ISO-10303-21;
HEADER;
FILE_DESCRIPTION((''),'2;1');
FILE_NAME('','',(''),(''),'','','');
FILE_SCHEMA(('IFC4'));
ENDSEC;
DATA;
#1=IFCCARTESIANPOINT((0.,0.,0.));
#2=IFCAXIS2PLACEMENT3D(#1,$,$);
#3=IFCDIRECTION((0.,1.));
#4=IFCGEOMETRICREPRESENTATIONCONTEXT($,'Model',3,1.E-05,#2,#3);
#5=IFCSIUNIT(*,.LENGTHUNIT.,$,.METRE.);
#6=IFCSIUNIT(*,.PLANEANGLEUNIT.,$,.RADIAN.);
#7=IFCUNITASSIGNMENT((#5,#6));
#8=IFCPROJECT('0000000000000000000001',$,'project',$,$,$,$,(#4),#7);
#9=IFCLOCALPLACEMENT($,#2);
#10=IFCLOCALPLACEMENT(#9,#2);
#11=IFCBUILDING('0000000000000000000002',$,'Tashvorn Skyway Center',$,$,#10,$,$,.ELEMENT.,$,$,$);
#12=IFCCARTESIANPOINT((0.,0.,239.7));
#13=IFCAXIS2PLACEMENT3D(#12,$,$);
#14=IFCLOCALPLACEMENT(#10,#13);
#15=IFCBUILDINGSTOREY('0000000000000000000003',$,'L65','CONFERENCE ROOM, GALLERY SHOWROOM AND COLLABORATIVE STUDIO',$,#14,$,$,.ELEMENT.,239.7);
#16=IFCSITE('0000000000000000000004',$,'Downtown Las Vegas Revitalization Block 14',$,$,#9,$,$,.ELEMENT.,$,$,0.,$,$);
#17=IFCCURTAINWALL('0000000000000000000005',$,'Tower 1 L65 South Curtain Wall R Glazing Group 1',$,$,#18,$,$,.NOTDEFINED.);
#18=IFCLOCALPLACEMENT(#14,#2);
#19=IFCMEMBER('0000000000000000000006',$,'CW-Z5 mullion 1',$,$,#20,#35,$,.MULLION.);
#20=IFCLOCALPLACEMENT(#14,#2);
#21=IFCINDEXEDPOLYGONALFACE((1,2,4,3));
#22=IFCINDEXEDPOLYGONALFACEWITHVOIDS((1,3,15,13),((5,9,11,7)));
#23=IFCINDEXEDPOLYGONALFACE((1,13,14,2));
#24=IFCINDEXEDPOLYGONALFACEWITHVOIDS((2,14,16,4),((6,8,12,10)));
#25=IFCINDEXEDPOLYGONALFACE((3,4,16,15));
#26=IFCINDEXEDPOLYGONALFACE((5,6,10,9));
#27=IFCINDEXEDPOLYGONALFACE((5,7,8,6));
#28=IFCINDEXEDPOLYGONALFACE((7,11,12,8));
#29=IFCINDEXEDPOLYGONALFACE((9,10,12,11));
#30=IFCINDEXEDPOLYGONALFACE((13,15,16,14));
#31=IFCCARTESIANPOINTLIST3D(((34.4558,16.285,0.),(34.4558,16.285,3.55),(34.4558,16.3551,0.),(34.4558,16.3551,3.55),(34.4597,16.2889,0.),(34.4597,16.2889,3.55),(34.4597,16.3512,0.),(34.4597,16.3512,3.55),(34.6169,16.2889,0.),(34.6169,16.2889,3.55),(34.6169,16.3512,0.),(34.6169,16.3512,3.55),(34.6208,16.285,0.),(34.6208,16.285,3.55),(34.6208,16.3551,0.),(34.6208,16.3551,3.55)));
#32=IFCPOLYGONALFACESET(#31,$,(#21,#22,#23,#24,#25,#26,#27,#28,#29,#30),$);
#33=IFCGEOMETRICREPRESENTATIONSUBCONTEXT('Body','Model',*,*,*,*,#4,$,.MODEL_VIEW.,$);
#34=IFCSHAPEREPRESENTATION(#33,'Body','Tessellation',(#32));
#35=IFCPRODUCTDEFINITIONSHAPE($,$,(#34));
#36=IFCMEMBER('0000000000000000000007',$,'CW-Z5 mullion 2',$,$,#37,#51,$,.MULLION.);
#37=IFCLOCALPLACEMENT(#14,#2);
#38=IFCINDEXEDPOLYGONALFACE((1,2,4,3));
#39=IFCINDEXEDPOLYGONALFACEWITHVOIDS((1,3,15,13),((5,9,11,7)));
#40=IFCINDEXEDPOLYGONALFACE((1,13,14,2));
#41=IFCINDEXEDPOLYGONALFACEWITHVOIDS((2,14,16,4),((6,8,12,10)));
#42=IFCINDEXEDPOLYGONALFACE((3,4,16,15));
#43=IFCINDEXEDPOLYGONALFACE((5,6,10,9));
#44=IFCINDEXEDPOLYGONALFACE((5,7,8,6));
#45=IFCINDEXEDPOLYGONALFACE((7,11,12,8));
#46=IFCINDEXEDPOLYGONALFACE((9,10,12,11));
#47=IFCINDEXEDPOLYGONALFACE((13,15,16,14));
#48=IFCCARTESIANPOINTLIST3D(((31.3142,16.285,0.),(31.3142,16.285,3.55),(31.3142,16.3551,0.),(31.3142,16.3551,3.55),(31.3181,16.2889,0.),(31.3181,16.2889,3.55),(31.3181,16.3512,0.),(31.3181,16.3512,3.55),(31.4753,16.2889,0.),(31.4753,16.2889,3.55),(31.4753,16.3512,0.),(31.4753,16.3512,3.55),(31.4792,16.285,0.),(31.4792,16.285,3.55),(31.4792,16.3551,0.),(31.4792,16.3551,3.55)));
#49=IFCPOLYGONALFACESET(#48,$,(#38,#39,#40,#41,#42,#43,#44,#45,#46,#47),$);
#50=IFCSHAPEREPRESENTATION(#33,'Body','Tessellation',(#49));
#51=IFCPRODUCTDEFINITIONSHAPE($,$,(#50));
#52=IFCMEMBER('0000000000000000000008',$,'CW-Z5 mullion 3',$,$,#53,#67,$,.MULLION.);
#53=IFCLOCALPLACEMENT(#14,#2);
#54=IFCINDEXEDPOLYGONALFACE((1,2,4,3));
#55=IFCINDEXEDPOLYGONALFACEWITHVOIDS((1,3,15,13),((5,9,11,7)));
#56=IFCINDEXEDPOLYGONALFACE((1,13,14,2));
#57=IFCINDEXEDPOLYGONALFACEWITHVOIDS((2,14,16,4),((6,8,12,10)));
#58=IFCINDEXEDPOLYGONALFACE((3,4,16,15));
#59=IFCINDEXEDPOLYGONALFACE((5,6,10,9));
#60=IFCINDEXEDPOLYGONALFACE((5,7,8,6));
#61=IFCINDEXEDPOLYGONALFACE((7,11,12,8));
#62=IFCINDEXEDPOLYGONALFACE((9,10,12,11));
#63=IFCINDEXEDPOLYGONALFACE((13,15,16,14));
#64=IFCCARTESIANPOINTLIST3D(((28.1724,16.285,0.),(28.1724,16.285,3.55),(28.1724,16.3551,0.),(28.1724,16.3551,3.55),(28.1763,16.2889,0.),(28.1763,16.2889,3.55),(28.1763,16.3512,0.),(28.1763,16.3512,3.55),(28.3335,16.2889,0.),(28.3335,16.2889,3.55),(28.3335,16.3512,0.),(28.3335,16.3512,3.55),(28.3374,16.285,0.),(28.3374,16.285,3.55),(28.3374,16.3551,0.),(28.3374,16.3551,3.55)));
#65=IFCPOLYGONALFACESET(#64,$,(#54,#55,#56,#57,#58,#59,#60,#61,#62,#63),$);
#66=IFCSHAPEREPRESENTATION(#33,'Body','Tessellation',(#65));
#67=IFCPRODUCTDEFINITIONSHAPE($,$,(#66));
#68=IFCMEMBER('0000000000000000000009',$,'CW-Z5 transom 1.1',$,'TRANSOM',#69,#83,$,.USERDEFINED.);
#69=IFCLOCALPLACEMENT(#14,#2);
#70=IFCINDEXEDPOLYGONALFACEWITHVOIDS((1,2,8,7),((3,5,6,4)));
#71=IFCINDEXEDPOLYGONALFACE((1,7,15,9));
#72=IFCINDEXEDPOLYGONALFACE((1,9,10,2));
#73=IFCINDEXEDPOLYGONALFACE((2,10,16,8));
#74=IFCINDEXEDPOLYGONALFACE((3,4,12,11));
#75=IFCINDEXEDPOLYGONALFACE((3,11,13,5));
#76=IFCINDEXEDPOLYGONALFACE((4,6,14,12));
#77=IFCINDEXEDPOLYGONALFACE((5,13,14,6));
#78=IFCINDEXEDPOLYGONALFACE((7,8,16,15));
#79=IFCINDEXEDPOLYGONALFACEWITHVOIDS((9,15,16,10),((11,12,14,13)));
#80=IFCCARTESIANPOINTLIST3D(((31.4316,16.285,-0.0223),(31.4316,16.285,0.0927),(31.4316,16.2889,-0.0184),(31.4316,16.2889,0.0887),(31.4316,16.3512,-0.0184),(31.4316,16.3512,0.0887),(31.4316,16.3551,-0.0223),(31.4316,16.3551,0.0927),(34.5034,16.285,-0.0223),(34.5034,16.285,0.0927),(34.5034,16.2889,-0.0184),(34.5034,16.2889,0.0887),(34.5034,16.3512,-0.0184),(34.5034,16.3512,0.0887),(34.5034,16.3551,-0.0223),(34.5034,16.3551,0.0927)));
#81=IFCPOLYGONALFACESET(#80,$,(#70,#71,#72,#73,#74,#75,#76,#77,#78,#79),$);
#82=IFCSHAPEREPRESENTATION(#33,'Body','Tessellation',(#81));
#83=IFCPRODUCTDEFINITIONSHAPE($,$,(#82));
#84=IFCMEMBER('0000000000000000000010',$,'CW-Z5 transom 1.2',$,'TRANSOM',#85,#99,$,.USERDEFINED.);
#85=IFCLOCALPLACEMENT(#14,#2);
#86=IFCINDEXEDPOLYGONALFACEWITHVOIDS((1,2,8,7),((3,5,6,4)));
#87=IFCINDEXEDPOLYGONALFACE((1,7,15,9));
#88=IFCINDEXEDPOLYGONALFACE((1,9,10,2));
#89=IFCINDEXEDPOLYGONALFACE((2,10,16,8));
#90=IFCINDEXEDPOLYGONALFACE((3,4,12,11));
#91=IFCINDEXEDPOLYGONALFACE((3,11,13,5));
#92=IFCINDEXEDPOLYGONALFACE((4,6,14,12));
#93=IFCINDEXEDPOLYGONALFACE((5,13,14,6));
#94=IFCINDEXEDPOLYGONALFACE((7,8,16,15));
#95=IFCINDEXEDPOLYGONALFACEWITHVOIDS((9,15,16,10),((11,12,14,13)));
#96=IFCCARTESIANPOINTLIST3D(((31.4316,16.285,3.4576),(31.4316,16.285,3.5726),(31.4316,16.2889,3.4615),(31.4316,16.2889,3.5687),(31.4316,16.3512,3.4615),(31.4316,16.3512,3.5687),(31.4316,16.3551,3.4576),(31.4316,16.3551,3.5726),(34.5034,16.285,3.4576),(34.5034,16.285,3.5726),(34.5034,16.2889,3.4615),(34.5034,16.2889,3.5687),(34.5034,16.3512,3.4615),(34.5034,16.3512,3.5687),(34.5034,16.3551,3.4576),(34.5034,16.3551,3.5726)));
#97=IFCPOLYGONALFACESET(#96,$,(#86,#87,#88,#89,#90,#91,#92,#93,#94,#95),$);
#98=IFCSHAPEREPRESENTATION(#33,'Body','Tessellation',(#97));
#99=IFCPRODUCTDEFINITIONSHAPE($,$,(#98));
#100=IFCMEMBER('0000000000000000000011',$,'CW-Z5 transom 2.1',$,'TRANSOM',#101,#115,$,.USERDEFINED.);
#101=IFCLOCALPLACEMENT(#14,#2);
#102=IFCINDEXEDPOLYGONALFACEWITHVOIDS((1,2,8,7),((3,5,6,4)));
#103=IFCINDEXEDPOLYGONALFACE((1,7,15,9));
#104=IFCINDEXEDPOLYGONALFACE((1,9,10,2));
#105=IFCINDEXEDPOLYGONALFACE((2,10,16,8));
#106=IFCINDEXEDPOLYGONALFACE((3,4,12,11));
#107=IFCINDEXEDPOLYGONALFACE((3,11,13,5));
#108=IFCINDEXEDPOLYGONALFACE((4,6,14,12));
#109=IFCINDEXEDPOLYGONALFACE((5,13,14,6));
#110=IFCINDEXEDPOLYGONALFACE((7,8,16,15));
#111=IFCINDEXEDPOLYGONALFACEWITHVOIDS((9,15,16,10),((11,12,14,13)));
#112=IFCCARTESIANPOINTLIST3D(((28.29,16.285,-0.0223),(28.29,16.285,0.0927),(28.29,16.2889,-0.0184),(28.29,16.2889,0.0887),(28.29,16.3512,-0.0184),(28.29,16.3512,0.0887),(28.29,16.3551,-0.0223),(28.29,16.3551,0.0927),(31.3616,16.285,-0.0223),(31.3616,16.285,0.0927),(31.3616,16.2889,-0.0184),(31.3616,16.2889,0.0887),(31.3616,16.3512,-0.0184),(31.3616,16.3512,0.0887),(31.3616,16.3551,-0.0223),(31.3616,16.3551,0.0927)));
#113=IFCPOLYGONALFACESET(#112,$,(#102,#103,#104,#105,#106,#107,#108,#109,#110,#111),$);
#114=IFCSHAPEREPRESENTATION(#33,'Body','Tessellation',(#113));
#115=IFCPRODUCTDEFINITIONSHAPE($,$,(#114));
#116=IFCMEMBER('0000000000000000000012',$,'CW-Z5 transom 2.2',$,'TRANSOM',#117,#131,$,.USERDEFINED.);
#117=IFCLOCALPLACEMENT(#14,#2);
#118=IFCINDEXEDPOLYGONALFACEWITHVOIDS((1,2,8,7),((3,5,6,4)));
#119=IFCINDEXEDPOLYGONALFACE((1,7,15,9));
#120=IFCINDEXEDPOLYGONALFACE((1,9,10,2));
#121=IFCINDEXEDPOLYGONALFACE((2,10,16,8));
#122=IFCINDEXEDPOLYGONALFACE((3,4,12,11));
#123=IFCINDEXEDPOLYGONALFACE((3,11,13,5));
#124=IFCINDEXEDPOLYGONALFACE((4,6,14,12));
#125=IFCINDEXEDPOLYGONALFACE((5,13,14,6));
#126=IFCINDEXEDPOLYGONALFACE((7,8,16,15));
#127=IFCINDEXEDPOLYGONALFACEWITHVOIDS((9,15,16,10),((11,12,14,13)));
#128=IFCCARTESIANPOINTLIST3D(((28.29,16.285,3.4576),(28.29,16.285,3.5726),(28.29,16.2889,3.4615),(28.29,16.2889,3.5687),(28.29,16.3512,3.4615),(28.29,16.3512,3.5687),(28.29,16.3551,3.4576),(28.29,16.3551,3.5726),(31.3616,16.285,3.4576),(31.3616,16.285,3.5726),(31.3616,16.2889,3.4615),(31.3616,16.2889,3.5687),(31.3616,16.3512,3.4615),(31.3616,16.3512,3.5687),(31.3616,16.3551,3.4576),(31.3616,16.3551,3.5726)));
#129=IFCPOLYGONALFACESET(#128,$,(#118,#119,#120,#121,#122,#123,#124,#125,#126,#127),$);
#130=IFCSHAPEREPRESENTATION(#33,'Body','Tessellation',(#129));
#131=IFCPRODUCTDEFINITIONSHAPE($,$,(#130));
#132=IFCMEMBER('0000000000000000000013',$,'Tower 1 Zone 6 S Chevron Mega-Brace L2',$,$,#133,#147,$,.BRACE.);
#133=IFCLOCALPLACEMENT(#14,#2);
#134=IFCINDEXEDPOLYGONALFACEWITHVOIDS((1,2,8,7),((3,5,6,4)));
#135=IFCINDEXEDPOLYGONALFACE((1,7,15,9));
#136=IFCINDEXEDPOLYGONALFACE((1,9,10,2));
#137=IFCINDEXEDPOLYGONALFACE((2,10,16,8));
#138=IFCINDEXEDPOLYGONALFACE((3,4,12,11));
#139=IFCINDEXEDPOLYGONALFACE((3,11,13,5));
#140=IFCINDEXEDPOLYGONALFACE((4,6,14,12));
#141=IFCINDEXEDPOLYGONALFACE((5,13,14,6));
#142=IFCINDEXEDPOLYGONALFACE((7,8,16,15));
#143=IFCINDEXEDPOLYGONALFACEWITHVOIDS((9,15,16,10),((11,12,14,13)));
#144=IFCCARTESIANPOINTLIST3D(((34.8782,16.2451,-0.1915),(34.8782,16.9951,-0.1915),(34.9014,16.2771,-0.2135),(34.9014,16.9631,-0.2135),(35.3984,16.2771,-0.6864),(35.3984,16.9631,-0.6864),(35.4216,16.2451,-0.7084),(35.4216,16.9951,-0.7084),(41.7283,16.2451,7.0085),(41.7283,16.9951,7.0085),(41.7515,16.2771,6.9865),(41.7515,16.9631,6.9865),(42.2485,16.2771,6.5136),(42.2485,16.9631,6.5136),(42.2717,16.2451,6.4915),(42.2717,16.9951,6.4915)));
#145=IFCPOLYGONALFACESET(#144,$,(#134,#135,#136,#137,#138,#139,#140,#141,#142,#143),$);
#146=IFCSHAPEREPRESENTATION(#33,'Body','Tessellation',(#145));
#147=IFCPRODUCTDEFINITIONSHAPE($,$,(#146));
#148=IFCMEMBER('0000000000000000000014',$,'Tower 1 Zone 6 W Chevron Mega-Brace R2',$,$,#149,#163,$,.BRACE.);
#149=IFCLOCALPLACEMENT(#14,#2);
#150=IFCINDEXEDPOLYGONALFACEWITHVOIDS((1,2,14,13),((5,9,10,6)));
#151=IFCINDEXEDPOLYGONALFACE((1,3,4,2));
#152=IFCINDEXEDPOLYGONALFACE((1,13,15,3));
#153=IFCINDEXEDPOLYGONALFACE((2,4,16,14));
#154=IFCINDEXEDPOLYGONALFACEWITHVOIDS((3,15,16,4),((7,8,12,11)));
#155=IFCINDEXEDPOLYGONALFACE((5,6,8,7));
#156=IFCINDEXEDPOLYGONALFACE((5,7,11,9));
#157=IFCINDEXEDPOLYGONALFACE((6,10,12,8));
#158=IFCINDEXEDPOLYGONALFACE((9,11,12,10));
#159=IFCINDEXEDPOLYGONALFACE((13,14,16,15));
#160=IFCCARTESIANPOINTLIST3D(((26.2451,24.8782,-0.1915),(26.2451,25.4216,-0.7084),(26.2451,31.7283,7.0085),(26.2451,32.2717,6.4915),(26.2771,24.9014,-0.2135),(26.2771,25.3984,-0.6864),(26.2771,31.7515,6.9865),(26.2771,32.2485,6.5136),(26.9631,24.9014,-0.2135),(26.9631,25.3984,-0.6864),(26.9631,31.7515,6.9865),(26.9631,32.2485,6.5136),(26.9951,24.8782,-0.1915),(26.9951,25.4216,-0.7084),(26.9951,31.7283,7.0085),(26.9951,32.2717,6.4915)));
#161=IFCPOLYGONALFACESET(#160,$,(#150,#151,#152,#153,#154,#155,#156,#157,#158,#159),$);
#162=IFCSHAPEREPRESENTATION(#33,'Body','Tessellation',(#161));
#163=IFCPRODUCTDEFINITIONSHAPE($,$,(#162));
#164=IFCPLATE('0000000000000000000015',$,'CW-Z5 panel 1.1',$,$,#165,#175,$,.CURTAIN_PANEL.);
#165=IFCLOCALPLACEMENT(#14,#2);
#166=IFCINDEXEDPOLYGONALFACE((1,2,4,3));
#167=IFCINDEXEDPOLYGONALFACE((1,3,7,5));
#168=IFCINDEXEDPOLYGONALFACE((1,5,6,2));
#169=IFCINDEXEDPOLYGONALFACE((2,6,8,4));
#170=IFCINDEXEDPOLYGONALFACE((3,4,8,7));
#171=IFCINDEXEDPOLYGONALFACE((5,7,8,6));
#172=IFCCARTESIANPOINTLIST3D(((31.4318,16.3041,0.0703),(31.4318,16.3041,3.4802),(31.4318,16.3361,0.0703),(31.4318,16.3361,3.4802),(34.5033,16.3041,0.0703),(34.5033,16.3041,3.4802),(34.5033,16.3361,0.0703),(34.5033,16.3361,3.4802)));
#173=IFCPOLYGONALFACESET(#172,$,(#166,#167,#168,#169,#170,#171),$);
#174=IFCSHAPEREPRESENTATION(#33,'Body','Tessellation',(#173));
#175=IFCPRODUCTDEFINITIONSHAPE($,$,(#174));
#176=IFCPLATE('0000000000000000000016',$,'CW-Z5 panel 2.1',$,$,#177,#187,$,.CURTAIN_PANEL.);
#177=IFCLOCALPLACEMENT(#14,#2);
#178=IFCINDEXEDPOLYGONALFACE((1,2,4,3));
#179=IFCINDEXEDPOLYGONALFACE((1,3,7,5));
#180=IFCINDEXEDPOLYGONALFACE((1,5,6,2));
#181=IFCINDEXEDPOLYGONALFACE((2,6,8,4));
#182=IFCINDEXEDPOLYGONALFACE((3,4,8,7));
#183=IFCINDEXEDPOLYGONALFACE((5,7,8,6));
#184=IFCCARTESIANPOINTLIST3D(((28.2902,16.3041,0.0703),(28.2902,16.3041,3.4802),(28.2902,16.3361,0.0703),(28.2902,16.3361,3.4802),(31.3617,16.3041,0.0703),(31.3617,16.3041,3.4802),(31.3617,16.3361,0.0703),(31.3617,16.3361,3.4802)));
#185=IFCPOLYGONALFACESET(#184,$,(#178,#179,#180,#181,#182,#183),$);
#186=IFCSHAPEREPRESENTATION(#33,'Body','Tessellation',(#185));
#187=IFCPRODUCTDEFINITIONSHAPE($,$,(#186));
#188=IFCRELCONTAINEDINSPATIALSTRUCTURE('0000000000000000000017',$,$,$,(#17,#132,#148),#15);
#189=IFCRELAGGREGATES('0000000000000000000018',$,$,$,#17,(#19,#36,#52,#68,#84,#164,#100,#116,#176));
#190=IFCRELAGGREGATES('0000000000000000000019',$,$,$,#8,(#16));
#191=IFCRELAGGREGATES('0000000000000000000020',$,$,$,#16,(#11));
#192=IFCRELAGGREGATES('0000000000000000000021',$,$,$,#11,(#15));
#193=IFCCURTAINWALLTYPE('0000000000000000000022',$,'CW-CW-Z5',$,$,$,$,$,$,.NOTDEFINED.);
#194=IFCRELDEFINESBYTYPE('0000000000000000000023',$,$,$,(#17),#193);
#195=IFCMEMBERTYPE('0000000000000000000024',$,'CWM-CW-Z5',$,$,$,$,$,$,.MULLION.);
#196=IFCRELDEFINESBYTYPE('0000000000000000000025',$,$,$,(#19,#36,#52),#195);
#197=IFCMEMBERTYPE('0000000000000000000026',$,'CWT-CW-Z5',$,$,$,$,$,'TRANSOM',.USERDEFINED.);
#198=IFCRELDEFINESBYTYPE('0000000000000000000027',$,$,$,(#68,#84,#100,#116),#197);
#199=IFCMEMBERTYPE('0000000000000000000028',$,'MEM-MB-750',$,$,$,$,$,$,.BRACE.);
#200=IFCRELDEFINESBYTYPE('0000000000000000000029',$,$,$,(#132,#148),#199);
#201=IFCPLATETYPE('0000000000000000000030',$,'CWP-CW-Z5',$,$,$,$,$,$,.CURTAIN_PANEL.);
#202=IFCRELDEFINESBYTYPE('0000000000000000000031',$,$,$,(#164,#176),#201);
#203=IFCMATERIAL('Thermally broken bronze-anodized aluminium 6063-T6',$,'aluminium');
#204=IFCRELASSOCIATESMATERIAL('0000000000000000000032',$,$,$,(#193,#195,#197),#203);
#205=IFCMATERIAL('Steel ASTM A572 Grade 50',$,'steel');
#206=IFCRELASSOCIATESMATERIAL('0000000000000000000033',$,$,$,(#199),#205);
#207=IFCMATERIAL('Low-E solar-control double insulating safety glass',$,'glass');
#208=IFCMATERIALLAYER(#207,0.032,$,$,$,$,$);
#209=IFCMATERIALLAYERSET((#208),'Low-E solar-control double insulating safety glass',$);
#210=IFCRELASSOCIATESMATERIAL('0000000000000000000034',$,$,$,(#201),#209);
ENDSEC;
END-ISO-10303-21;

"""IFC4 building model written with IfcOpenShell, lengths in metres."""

from ifc_helpers import new_model, si_unit, direction, frame, origin, origin_2d, place, context, subcontext, project, spatial, rectangle, hollow_rectangle, extrude, material, layer, layer_set, material_profile, profile_set, type_object, element, aggregate, save


model = new_model("IFC4")

# Units and contexts
model_context = context("Model", 3, precision=1e-05, world=origin(), true_north=direction((0.0, 1.0)))
body_context = subcontext(model_context, "Body", "Model", "MODEL_VIEW")
ifc_project = project(units=[si_unit("LENGTHUNIT", "METRE"), si_unit("PLANEANGLEUNIT", "RADIAN")], contexts=[model_context])

# Site, building, storey
site_placement = place(None, origin())
site = spatial("IfcSite", under=ifc_project, at=site_placement, Name="Downtown Las Vegas Revitalization Block 14", CompositionType="ELEMENT", RefElevation=0.0)
building_placement = place(site_placement, origin())
building = spatial("IfcBuilding", under=site, at=building_placement, Name="Tashvorn Skyway Center", CompositionType="ELEMENT")
storey_placement = place(building_placement, frame((0.0, 0.0, 239.7)))
storey = spatial("IfcBuildingStorey", under=building, at=storey_placement, Name="L65", Description="CONFERENCE ROOM, GALLERY SHOWROOM AND COLLABORATIVE STUDIO", CompositionType="ELEMENT", Elevation=239.7)

# Shared definitions
ifc_material_1 = material(Name="Steel ASTM A572 Grade 50", Category="steel")

# Curtain wall, members
ifc_material_2 = material(Name="Thermally broken bronze-anodized aluminium 6063-T6", Category="aluminium")
curtain_wall_type = type_object("IfcCurtainWallType", Name="CW-CW-Z5", PredefinedType="NOTDEFINED", material=ifc_material_2)
curtain_wall_placement = place(storey_placement, origin())
curtain_wall = element("IfcCurtainWall", 1, at=curtain_wall_placement, inside=storey, type_object=curtain_wall_type, Name="Tower 1 L65 South Curtain Wall R Glazing Group 1", PredefinedType="NOTDEFINED")
ifc_material_profile_1 = material_profile(ifc_material_2, hollow_rectangle(XDim=0.0701, YDim=0.165, WallThickness=0.0039, at=origin_2d()), Name="ALU-MULL-70x165")
ifc_profile_set_1 = profile_set([ifc_material_profile_1], Name="Thermally broken bronze-anodized aluminium 6063-T6")
member_type_1 = type_object("IfcMemberType", Name="CWM-CW-Z5", PredefinedType="MULLION", material=ifc_profile_set_1)
member_1_placement = place(storey_placement, frame((34.5383, 16.3201, 0.0), z_axis=(0.0, 0.0, 1.0), x_axis=(0.0, -1.0, 0.0)))
member_1 = element("IfcMember", 2, at=member_1_placement, type_object=member_type_1, Name="CW-Z5 mullion 1", PredefinedType="MULLION", context=body_context, shape_type="SweptSolid", body=[
    extrude(hollow_rectangle(XDim=0.0701, YDim=0.165, WallThickness=0.0039, at=origin_2d()), origin(), (0.0, 0.0, 1.0), 3.55),
])
member_2_placement = place(storey_placement, frame((31.3967, 16.3201, 0.0), z_axis=(0.0, 0.0, 1.0), x_axis=(0.0, -1.0, 0.0)))
member_2 = element("IfcMember", 3, at=member_2_placement, type_object=member_type_1, Name="CW-Z5 mullion 2", PredefinedType="MULLION", context=body_context, shape_type="SweptSolid", body=[
    extrude(hollow_rectangle(XDim=0.0701, YDim=0.165, WallThickness=0.0039, at=origin_2d()), origin(), (0.0, 0.0, 1.0), 3.55),
])
member_3_placement = place(storey_placement, frame((28.2549, 16.3201, 0.0), z_axis=(0.0, 0.0, 1.0), x_axis=(0.0, -1.0, 0.0)))
member_3 = element("IfcMember", 4, at=member_3_placement, type_object=member_type_1, Name="CW-Z5 mullion 3", PredefinedType="MULLION", context=body_context, shape_type="SweptSolid", body=[
    extrude(hollow_rectangle(XDim=0.0701, YDim=0.165, WallThickness=0.0039, at=origin_2d()), origin(), (0.0, 0.0, 1.0), 3.55),
])
ifc_material_profile_2 = material_profile(ifc_material_2, hollow_rectangle(XDim=0.0701, YDim=0.115, WallThickness=0.0039, at=origin_2d()), Name="ALU-TRAN-70x115")
ifc_profile_set_2 = profile_set([ifc_material_profile_2], Name="Thermally broken bronze-anodized aluminium 6063-T6")
member_type_2 = type_object("IfcMemberType", Name="CWT-CW-Z5", ElementType="TRANSOM", PredefinedType="USERDEFINED", material=ifc_profile_set_2)
member_4_placement = place(storey_placement, frame((34.5034, 16.3201, 0.0352), z_axis=(-1.0, 0.0, 0.0), x_axis=(0.0, -1.0, 0.0)))
member_4 = element("IfcMember", 5, at=member_4_placement, type_object=member_type_2, Name="CW-Z5 transom 1.1", ObjectType="TRANSOM", PredefinedType="USERDEFINED", context=body_context, shape_type="SweptSolid", body=[
    extrude(hollow_rectangle(XDim=0.0701, YDim=0.115, WallThickness=0.0039, at=origin_2d()), origin(), (0.0, 0.0, 1.0), 3.0718),
])
member_5_placement = place(storey_placement, frame((34.5034, 16.3201, 3.5151), z_axis=(-1.0, 0.0, 0.0), x_axis=(0.0, -1.0, 0.0)))
member_5 = element("IfcMember", 6, at=member_5_placement, type_object=member_type_2, Name="CW-Z5 transom 1.2", ObjectType="TRANSOM", PredefinedType="USERDEFINED", context=body_context, shape_type="SweptSolid", body=[
    extrude(hollow_rectangle(XDim=0.0701, YDim=0.115, WallThickness=0.0039, at=origin_2d()), origin(), (0.0, 0.0, 1.0), 3.0718),
])
member_6_placement = place(storey_placement, frame((31.3616, 16.3201, 0.0352), z_axis=(-1.0, 0.0, 0.0), x_axis=(0.0, -1.0, 0.0)))
member_6 = element("IfcMember", 7, at=member_6_placement, type_object=member_type_2, Name="CW-Z5 transom 2.1", ObjectType="TRANSOM", PredefinedType="USERDEFINED", context=body_context, shape_type="SweptSolid", body=[
    extrude(hollow_rectangle(XDim=0.0701, YDim=0.115, WallThickness=0.0039, at=origin_2d()), origin(), (0.0, 0.0, 1.0), 3.0715),
])
member_7_placement = place(storey_placement, frame((31.3616, 16.3201, 3.5151), z_axis=(-1.0, 0.0, 0.0), x_axis=(0.0, -1.0, 0.0)))
member_7 = element("IfcMember", 8, at=member_7_placement, type_object=member_type_2, Name="CW-Z5 transom 2.2", ObjectType="TRANSOM", PredefinedType="USERDEFINED", context=body_context, shape_type="SweptSolid", body=[
    extrude(hollow_rectangle(XDim=0.0701, YDim=0.115, WallThickness=0.0039, at=origin_2d()), origin(), (0.0, 0.0, 1.0), 3.0715),
])

# Members
ifc_material_profile_3 = material_profile(ifc_material_1, hollow_rectangle(XDim=0.75, YDim=0.75, WallThickness=0.032, at=origin_2d()), Name="BOX750x750x32")
ifc_profile_set_3 = profile_set([ifc_material_profile_3], Name="Steel ASTM A572 Grade 50")
member_type_3 = type_object("IfcMemberType", Name="MEM-MB-750", PredefinedType="BRACE", material=ifc_profile_set_3)
for number, where, z_axis, x_axis, name in (
    (9, (35.1499, 16.6201, -0.45), (0.689286, 0.0, 0.72449), (0.0, 1.0, 0.0), "Tower 1 Zone 6 S Chevron Mega-Brace L2"),
    (10, (26.6201, 25.1499, -0.45), (0.0, 0.689286, 0.72449), (-1.0, 0.0, 0.0), "Tower 1 Zone 6 W Chevron Mega-Brace R2"),
):
    element("IfcMember", number, at=place(storey_placement, frame(where, z_axis=z_axis, x_axis=x_axis)), inside=storey, type_object=member_type_3, Name=name, PredefinedType="BRACE", context=body_context, shape_type="SweptSolid", body=[
        extrude(hollow_rectangle(XDim=0.75, YDim=0.75, WallThickness=0.032, at=origin_2d()), origin(), (0.0, 0.0, 1.0), 9.938),
    ])

# Plates
ifc_material_3 = material(Name="Low-E solar-control double insulating safety glass", Category="glass")
ifc_layer_1 = layer(ifc_material_3, 0.032)
ifc_layer_set_1 = layer_set([ifc_layer_1], Name="Low-E solar-control double insulating safety glass")
plate_type_1 = type_object("IfcPlateType", Name="CWP-CW-Z5", PredefinedType="CURTAIN_PANEL", material=ifc_layer_set_1)
plate_1_placement = place(storey_placement, frame((32.9675, 16.3201, 0.0703), z_axis=(0.0, 0.0, 1.0), x_axis=(-1.0, 0.0, 0.0)))
plate_1 = element("IfcPlate", 11, at=plate_1_placement, type_object=plate_type_1, Name="CW-Z5 panel 1.1", PredefinedType="CURTAIN_PANEL", context=body_context, shape_type="SweptSolid", body=[
    extrude(rectangle(XDim=3.0715, YDim=0.032, at=origin_2d()), origin(), (0.0, 0.0, 1.0), 3.4099),
])
plate_2_placement = place(storey_placement, frame((29.8259, 16.3201, 0.0703), z_axis=(0.0, 0.0, 1.0), x_axis=(-1.0, 0.0, 0.0)))
plate_2 = element("IfcPlate", 12, at=plate_2_placement, type_object=plate_type_1, Name="CW-Z5 panel 2.1", PredefinedType="CURTAIN_PANEL", context=body_context, shape_type="SweptSolid", body=[
    extrude(rectangle(XDim=3.0715, YDim=0.032, at=origin_2d()), origin(), (0.0, 0.0, 1.0), 3.4099),
])
aggregate(curtain_wall, [member_1, member_2, member_3, member_4, member_5, plate_1, member_6, member_7, plate_2])

save(model, "model.ifc")
